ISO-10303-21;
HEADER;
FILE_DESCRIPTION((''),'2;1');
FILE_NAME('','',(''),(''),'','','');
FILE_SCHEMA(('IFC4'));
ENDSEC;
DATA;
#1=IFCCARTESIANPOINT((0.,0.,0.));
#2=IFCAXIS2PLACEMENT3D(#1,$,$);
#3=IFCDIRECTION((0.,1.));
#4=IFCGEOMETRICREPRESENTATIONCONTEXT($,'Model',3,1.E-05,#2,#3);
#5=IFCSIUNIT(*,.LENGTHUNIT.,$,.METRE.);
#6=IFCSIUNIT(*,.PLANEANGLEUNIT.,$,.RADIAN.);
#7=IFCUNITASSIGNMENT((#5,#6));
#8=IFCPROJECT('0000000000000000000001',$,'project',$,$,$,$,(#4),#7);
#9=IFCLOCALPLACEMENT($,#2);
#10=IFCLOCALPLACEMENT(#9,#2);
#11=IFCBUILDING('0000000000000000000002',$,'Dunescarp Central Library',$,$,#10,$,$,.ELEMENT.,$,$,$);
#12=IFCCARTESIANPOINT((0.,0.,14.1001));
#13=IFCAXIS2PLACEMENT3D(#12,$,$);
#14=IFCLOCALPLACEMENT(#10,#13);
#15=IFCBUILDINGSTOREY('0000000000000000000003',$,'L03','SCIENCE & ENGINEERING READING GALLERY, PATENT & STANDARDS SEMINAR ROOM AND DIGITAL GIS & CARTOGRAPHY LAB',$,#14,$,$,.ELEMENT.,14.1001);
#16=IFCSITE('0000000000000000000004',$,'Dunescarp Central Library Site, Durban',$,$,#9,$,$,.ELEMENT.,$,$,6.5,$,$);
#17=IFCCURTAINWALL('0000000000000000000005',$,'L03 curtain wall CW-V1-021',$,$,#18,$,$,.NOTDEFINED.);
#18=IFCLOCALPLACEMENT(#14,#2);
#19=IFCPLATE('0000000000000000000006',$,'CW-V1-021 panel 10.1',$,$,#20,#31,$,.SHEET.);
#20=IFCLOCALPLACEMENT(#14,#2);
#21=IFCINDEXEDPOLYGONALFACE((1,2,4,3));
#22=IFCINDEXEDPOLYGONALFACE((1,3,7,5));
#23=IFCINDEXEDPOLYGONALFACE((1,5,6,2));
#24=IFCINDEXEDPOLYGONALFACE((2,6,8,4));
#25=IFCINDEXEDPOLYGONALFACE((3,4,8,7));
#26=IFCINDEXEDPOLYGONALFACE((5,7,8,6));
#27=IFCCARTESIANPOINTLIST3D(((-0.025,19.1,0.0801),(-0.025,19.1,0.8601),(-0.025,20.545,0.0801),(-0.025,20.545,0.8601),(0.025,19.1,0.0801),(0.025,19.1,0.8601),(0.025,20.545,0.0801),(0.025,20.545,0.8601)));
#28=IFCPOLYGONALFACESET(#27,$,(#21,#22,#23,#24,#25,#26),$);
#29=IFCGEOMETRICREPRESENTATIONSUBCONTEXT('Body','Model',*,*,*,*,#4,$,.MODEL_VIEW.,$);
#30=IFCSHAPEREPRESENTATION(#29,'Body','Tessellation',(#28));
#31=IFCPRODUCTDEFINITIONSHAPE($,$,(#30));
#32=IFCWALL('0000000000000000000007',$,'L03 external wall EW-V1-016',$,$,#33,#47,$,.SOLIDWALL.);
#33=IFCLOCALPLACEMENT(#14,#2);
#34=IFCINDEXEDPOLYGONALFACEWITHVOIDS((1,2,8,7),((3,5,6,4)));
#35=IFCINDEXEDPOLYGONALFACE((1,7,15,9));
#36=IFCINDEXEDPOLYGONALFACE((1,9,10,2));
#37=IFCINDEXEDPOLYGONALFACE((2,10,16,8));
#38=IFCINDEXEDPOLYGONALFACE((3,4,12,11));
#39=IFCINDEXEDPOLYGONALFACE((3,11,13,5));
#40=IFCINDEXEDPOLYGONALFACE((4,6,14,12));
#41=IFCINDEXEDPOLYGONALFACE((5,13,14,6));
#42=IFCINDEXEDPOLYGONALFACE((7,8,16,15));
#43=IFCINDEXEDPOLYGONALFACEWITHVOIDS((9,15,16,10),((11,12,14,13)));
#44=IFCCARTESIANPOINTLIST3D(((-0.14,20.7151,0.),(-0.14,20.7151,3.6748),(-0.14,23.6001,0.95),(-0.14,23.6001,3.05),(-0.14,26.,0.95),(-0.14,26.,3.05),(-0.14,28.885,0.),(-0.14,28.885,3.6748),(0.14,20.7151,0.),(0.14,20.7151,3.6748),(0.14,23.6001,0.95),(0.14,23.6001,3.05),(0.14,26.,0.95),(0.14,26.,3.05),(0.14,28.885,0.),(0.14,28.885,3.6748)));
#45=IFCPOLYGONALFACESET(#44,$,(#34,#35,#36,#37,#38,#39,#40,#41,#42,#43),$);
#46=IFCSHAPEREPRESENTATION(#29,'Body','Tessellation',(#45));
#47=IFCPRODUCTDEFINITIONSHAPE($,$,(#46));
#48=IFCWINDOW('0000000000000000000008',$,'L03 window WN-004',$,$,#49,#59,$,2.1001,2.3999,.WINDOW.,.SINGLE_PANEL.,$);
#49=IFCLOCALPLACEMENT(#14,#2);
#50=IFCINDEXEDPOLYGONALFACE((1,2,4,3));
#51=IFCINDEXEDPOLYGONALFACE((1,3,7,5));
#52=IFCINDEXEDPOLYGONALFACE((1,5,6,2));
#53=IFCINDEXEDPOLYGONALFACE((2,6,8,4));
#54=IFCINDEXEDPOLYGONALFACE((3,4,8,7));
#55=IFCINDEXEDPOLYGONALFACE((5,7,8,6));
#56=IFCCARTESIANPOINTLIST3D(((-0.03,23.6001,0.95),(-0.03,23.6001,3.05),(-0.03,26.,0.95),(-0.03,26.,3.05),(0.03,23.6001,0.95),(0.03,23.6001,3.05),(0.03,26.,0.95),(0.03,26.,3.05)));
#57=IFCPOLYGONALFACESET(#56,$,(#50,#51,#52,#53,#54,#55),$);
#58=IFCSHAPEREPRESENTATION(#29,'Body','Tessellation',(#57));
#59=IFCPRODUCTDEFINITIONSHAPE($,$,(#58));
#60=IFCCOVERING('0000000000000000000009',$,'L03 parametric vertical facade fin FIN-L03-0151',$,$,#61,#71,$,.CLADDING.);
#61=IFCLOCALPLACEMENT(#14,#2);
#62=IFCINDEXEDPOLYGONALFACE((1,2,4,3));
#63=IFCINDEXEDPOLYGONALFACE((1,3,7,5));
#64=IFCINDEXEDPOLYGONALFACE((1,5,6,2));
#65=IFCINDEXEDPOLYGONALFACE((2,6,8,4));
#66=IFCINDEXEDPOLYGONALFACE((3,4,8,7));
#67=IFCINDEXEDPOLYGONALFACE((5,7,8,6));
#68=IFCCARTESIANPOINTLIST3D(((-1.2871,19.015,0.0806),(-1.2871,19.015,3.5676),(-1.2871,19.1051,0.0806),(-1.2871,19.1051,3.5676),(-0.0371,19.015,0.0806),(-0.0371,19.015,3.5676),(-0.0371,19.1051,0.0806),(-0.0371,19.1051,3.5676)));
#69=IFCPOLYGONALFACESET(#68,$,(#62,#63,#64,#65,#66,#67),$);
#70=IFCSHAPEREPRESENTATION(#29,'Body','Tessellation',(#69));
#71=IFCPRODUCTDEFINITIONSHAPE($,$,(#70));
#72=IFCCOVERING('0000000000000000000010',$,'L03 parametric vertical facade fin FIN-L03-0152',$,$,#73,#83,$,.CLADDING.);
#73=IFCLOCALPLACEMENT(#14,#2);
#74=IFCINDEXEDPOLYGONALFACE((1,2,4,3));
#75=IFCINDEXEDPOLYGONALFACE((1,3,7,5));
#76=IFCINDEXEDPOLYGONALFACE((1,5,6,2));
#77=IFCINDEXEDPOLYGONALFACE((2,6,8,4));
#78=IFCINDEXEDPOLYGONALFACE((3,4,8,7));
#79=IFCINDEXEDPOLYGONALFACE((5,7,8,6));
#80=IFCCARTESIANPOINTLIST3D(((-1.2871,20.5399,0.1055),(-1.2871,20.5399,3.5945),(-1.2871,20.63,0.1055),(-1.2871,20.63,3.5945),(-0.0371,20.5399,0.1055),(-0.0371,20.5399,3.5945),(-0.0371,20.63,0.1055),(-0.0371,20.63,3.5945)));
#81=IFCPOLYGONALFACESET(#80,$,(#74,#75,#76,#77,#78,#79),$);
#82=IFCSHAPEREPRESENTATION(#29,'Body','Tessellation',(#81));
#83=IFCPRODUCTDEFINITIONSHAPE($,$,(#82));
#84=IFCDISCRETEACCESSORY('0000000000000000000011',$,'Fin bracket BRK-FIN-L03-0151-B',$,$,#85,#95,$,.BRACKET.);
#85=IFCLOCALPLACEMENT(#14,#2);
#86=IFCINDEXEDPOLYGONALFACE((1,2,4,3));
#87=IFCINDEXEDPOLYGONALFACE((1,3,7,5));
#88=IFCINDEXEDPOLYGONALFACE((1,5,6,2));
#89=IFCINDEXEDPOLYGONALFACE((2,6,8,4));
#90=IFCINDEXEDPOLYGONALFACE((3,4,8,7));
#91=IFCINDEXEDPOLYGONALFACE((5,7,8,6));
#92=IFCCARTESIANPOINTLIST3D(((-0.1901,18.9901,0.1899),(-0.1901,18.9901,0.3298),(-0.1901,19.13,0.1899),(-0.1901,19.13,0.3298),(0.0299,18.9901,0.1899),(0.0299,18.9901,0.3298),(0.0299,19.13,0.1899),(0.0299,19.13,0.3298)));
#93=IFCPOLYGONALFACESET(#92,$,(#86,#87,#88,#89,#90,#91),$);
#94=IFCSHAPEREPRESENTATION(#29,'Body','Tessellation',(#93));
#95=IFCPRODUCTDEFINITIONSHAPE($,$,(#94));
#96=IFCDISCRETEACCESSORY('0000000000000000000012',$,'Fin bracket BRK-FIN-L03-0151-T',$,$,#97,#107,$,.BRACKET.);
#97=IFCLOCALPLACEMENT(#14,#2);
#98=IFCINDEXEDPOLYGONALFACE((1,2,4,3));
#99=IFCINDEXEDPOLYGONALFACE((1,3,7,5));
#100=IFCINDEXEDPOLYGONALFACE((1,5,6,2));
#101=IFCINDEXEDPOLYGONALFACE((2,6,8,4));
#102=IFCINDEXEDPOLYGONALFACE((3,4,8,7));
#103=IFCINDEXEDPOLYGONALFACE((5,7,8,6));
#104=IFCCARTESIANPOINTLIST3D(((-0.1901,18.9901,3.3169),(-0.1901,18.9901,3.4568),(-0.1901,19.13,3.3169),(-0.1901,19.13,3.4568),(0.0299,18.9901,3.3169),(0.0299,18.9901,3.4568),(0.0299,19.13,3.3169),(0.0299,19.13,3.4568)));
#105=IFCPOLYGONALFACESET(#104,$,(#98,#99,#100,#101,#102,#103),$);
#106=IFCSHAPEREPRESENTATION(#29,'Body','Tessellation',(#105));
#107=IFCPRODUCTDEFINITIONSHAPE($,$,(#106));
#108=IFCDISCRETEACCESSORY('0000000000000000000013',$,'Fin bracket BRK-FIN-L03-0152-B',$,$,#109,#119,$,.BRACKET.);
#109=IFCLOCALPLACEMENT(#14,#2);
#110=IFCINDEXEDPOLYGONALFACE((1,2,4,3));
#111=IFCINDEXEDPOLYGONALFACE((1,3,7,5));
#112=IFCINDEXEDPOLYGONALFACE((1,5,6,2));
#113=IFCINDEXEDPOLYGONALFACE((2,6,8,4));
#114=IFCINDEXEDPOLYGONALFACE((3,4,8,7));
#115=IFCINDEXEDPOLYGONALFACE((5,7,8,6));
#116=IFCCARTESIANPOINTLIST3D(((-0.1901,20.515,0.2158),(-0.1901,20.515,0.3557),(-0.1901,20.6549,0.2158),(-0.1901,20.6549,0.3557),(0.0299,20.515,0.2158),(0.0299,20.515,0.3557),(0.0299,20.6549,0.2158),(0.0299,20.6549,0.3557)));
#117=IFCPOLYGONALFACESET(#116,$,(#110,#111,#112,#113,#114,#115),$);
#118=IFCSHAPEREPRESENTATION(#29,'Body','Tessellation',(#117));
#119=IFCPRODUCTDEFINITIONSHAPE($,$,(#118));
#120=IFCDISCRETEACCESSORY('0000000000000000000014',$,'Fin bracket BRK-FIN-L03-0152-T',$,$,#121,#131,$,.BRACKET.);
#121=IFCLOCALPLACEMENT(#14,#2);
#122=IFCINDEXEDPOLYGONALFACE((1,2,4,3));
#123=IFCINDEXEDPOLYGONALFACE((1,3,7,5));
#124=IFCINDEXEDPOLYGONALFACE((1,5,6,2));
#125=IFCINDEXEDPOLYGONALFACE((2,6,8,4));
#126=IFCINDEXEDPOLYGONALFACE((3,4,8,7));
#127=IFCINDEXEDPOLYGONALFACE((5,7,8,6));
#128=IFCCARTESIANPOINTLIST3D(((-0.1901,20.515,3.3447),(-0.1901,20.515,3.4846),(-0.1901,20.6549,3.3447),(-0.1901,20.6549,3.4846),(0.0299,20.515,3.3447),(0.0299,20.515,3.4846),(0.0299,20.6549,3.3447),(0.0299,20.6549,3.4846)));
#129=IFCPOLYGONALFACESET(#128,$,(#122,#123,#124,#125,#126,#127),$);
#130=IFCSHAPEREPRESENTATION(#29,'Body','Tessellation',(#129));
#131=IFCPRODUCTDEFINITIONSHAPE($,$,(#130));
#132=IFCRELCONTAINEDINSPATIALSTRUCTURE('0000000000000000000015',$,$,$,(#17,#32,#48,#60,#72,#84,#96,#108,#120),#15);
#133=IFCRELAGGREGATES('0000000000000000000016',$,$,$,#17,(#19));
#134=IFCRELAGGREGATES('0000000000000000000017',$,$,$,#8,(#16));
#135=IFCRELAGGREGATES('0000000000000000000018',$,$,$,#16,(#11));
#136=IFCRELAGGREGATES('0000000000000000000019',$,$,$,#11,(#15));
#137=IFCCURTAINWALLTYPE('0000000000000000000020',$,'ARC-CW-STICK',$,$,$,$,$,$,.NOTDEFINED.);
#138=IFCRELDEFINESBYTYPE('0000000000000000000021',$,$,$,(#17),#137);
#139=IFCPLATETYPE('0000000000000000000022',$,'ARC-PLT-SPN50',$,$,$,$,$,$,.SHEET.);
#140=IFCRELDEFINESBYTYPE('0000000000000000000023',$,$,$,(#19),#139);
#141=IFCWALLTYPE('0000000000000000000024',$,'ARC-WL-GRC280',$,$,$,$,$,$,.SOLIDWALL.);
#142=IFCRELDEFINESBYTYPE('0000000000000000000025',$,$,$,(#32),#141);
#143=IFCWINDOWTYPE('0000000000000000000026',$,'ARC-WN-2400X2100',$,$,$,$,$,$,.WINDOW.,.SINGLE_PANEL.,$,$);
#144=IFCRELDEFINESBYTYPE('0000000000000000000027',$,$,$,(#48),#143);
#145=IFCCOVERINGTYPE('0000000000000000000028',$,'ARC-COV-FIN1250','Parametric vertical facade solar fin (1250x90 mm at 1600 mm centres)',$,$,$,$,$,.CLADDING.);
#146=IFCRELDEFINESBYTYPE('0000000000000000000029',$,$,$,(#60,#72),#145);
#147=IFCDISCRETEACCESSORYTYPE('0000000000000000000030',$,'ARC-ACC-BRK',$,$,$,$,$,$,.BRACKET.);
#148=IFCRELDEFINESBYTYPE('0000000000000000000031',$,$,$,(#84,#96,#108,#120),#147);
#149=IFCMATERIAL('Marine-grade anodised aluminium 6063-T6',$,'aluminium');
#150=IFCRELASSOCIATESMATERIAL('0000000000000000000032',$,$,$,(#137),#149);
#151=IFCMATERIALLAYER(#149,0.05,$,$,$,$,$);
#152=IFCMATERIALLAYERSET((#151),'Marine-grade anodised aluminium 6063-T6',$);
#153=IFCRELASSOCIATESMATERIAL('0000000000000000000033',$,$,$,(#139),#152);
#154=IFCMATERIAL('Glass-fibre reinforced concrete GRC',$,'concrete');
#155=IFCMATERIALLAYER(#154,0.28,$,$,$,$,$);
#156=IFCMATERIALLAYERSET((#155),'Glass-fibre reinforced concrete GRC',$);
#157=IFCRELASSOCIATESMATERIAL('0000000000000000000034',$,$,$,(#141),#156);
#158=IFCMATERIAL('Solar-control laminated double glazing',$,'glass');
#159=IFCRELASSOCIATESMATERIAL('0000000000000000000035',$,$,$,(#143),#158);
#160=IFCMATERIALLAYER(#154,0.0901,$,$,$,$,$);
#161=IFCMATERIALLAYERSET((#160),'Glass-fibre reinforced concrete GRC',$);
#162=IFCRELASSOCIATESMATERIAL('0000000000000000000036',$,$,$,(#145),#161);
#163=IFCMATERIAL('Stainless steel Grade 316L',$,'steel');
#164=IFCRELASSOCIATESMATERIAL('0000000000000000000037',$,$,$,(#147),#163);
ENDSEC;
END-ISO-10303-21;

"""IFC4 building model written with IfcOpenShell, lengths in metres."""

from ifc_helpers import new_model, si_unit, direction, frame, frame_2d, origin, origin_2d, place, context, subcontext, project, spatial, rectangle, extrude, material, layer, layer_set, type_object, element, fill, aggregate, save


model = new_model("IFC4")

# Units and contexts
model_context = context("Model", 3, precision=1e-05, world=origin(), true_north=direction((0.0, 1.0)))
body_context = subcontext(model_context, "Body", "Model", "MODEL_VIEW")
ifc_project = project(units=[si_unit("LENGTHUNIT", "METRE"), si_unit("PLANEANGLEUNIT", "RADIAN")], contexts=[model_context])

# Site, building, storey
site_placement = place(None, origin())
site = spatial("IfcSite", under=ifc_project, at=site_placement, Name="Dunescarp Central Library Site, Durban", CompositionType="ELEMENT", RefElevation=6.5)
building_placement = place(site_placement, origin())
building = spatial("IfcBuilding", under=site, at=building_placement, Name="Dunescarp Central Library", CompositionType="ELEMENT")
storey_placement = place(building_placement, frame((0.0, 0.0, 14.1001)))
storey = spatial("IfcBuildingStorey", under=building, at=storey_placement, Name="L03", Description="SCIENCE & ENGINEERING READING GALLERY, PATENT & STANDARDS SEMINAR ROOM AND DIGITAL GIS & CARTOGRAPHY LAB", CompositionType="ELEMENT", Elevation=14.1001)

# Curtain wall, plate
ifc_material_1 = material(Name="Marine-grade anodised aluminium 6063-T6", Category="aluminium")
curtain_wall_type = type_object("IfcCurtainWallType", Name="ARC-CW-STICK", PredefinedType="NOTDEFINED", material=ifc_material_1)
curtain_wall_placement = place(storey_placement, origin())
curtain_wall = element("IfcCurtainWall", 1, at=curtain_wall_placement, inside=storey, type_object=curtain_wall_type, Name="L03 curtain wall CW-V1-021", PredefinedType="NOTDEFINED")
ifc_material_2 = material(Name="Solar-control laminated double glazing", Category="glass")
ifc_layer_1 = layer(ifc_material_1, 0.05)
ifc_layer_set_1 = layer_set([ifc_layer_1], Name="Marine-grade anodised aluminium 6063-T6")
plate_type_1 = type_object("IfcPlateType", Name="ARC-PLT-SPN50", PredefinedType="SHEET", material=ifc_layer_set_1)
plate_1_placement = place(storey_placement, frame((0.0, 19.8225, 0.0801), z_axis=(0.0, 0.0, 1.0), x_axis=(0.0, 1.0, 0.0)))
plate_1 = element("IfcPlate", 2, at=plate_1_placement, type_object=plate_type_1, Name="CW-V1-021 panel 10.1", PredefinedType="SHEET", context=body_context, shape_type="SweptSolid", body=[
    extrude(rectangle(XDim=1.4451, YDim=0.05, at=origin_2d()), origin(), (0.0, 0.0, 1.0), 0.78),
])
aggregate(curtain_wall, [plate_1])

# Wall, opening, window
ifc_material_3 = material(Name="Glass-fibre reinforced concrete GRC", Category="concrete")
ifc_layer_2 = layer(ifc_material_3, 0.28)
ifc_layer_set_2 = layer_set([ifc_layer_2], Name="Glass-fibre reinforced concrete GRC")
wall_type = type_object("IfcWallType", Name="ARC-WL-GRC280", PredefinedType="SOLIDWALL", material=ifc_layer_set_2)
wall_placement = place(storey_placement, frame((0.0, 20.7151, 0.0), z_axis=(0.0, 0.0, 1.0), x_axis=(0.0, 1.0, 0.0)))
wall = element("IfcWall", 3, at=wall_placement, inside=storey, type_object=wall_type, Name="L03 external wall EW-V1-016", PredefinedType="SOLIDWALL", context=body_context, shape_type="SweptSolid", body=[
    extrude(rectangle(XDim=8.1699, YDim=0.28, at=frame_2d((4.085, 0.0))), origin(), (0.0, 0.0, 1.0), 3.6748),
])
opening_placement = place(wall_placement, frame((2.885, 0.0, 0.95)))
opening = element("IfcOpeningElement", 4, at=opening_placement, cuts=wall, PredefinedType="OPENING", context=body_context, shape_type="SweptSolid", body=[
    extrude(rectangle(XDim=2.3999, YDim=2.1001, at=frame_2d((1.2, 1.05))), frame((0.0, 0.1499, 0.0), z_axis=(0.0, -1.0, 0.0), x_axis=(1.0, 0.0, 0.0)), (0.0, 0.0, 1.0), 0.3),
])
window_type = type_object("IfcWindowType", Name="ARC-WN-2400X2100", PartitioningType="SINGLE_PANEL", PredefinedType="WINDOW", material=ifc_material_2)
window_placement = place(opening_placement, origin())
window = element("IfcWindow", 5, at=window_placement, inside=storey, type_object=window_type, Name="L03 window WN-004", OverallHeight=2.1001, OverallWidth=2.3999, PartitioningType="SINGLE_PANEL", PredefinedType="WINDOW", context=body_context, shape_type="SweptSolid", body=[
    extrude(rectangle(XDim=2.3999, YDim=2.1001, at=frame_2d((1.2, 1.05))), frame((0.0, 0.03, 0.0), z_axis=(0.0, -1.0, 0.0), x_axis=(1.0, 0.0, 0.0)), (0.0, 0.0, 1.0), 0.0601),
])
fill(opening, window)

# Coverings
ifc_layer_3 = layer(ifc_material_3, 0.0901)
ifc_layer_set_3 = layer_set([ifc_layer_3], Name="Glass-fibre reinforced concrete GRC")
covering_type = type_object("IfcCoveringType", Name="ARC-COV-FIN1250", Description="Parametric vertical facade solar fin (1250x90 mm at 1600 mm centres)", PredefinedType="CLADDING", material=ifc_layer_set_3)
covering_1_placement = place(storey_placement, frame((-0.6621, 19.0601, 0.0806), z_axis=(0.0, 0.0, 1.0), x_axis=(-1.0, 0.0, 0.0)))
element("IfcCovering", 6, at=covering_1_placement, inside=storey, type_object=covering_type, Name="L03 parametric vertical facade fin FIN-L03-0151", PredefinedType="CLADDING", context=body_context, shape_type="SweptSolid", body=[
    extrude(rectangle(XDim=1.25, YDim=0.0901, at=origin_2d()), origin(), (0.0, 0.0, 1.0), 3.4871),
])
covering_2_placement = place(storey_placement, frame((-0.6621, 20.585, 0.1055), z_axis=(0.0, 0.0, 1.0), x_axis=(-1.0, 0.0, 0.0)))
element("IfcCovering", 7, at=covering_2_placement, inside=storey, type_object=covering_type, Name="L03 parametric vertical facade fin FIN-L03-0152", PredefinedType="CLADDING", context=body_context, shape_type="SweptSolid", body=[
    extrude(rectangle(XDim=1.25, YDim=0.0901, at=origin_2d()), origin(), (0.0, 0.0, 1.0), 3.489),
])

# Discrete accessories
ifc_material_4 = material(Name="Stainless steel Grade 316L", Category="steel")
discrete_accessory_type = type_object("IfcDiscreteAccessoryType", Name="ARC-ACC-BRK", PredefinedType="BRACKET", material=ifc_material_4)
for number, where, z_axis, x_axis, name in (
    (8, (-0.0801, 19.0601, 0.1899), (0.0, 0.0, 1.0), (-1.0, 0.0, 0.0), "Fin bracket BRK-FIN-L03-0151-B"),
    (9, (-0.0801, 19.0601, 3.3169), (0.0, 0.0, 1.0), (-1.0, 0.0, 0.0), "Fin bracket BRK-FIN-L03-0151-T"),
    (10, (-0.0801, 20.585, 0.2158), (0.0, 0.0, 1.0), (-1.0, 0.0, 0.0), "Fin bracket BRK-FIN-L03-0152-B"),
    (11, (-0.0801, 20.585, 3.3447), (0.0, 0.0, 1.0), (-1.0, 0.0, 0.0), "Fin bracket BRK-FIN-L03-0152-T"),
):
    element("IfcDiscreteAccessory", number, at=place(storey_placement, frame(where, z_axis=z_axis, x_axis=x_axis)), inside=storey, type_object=discrete_accessory_type, Name=name, PredefinedType="BRACKET", context=body_context, shape_type="SweptSolid", body=[
        extrude(rectangle(XDim=0.22, YDim=0.1399, at=origin_2d()), origin(), (0.0, 0.0, 1.0), 0.1399),
    ])

save(model, "model.ifc")
